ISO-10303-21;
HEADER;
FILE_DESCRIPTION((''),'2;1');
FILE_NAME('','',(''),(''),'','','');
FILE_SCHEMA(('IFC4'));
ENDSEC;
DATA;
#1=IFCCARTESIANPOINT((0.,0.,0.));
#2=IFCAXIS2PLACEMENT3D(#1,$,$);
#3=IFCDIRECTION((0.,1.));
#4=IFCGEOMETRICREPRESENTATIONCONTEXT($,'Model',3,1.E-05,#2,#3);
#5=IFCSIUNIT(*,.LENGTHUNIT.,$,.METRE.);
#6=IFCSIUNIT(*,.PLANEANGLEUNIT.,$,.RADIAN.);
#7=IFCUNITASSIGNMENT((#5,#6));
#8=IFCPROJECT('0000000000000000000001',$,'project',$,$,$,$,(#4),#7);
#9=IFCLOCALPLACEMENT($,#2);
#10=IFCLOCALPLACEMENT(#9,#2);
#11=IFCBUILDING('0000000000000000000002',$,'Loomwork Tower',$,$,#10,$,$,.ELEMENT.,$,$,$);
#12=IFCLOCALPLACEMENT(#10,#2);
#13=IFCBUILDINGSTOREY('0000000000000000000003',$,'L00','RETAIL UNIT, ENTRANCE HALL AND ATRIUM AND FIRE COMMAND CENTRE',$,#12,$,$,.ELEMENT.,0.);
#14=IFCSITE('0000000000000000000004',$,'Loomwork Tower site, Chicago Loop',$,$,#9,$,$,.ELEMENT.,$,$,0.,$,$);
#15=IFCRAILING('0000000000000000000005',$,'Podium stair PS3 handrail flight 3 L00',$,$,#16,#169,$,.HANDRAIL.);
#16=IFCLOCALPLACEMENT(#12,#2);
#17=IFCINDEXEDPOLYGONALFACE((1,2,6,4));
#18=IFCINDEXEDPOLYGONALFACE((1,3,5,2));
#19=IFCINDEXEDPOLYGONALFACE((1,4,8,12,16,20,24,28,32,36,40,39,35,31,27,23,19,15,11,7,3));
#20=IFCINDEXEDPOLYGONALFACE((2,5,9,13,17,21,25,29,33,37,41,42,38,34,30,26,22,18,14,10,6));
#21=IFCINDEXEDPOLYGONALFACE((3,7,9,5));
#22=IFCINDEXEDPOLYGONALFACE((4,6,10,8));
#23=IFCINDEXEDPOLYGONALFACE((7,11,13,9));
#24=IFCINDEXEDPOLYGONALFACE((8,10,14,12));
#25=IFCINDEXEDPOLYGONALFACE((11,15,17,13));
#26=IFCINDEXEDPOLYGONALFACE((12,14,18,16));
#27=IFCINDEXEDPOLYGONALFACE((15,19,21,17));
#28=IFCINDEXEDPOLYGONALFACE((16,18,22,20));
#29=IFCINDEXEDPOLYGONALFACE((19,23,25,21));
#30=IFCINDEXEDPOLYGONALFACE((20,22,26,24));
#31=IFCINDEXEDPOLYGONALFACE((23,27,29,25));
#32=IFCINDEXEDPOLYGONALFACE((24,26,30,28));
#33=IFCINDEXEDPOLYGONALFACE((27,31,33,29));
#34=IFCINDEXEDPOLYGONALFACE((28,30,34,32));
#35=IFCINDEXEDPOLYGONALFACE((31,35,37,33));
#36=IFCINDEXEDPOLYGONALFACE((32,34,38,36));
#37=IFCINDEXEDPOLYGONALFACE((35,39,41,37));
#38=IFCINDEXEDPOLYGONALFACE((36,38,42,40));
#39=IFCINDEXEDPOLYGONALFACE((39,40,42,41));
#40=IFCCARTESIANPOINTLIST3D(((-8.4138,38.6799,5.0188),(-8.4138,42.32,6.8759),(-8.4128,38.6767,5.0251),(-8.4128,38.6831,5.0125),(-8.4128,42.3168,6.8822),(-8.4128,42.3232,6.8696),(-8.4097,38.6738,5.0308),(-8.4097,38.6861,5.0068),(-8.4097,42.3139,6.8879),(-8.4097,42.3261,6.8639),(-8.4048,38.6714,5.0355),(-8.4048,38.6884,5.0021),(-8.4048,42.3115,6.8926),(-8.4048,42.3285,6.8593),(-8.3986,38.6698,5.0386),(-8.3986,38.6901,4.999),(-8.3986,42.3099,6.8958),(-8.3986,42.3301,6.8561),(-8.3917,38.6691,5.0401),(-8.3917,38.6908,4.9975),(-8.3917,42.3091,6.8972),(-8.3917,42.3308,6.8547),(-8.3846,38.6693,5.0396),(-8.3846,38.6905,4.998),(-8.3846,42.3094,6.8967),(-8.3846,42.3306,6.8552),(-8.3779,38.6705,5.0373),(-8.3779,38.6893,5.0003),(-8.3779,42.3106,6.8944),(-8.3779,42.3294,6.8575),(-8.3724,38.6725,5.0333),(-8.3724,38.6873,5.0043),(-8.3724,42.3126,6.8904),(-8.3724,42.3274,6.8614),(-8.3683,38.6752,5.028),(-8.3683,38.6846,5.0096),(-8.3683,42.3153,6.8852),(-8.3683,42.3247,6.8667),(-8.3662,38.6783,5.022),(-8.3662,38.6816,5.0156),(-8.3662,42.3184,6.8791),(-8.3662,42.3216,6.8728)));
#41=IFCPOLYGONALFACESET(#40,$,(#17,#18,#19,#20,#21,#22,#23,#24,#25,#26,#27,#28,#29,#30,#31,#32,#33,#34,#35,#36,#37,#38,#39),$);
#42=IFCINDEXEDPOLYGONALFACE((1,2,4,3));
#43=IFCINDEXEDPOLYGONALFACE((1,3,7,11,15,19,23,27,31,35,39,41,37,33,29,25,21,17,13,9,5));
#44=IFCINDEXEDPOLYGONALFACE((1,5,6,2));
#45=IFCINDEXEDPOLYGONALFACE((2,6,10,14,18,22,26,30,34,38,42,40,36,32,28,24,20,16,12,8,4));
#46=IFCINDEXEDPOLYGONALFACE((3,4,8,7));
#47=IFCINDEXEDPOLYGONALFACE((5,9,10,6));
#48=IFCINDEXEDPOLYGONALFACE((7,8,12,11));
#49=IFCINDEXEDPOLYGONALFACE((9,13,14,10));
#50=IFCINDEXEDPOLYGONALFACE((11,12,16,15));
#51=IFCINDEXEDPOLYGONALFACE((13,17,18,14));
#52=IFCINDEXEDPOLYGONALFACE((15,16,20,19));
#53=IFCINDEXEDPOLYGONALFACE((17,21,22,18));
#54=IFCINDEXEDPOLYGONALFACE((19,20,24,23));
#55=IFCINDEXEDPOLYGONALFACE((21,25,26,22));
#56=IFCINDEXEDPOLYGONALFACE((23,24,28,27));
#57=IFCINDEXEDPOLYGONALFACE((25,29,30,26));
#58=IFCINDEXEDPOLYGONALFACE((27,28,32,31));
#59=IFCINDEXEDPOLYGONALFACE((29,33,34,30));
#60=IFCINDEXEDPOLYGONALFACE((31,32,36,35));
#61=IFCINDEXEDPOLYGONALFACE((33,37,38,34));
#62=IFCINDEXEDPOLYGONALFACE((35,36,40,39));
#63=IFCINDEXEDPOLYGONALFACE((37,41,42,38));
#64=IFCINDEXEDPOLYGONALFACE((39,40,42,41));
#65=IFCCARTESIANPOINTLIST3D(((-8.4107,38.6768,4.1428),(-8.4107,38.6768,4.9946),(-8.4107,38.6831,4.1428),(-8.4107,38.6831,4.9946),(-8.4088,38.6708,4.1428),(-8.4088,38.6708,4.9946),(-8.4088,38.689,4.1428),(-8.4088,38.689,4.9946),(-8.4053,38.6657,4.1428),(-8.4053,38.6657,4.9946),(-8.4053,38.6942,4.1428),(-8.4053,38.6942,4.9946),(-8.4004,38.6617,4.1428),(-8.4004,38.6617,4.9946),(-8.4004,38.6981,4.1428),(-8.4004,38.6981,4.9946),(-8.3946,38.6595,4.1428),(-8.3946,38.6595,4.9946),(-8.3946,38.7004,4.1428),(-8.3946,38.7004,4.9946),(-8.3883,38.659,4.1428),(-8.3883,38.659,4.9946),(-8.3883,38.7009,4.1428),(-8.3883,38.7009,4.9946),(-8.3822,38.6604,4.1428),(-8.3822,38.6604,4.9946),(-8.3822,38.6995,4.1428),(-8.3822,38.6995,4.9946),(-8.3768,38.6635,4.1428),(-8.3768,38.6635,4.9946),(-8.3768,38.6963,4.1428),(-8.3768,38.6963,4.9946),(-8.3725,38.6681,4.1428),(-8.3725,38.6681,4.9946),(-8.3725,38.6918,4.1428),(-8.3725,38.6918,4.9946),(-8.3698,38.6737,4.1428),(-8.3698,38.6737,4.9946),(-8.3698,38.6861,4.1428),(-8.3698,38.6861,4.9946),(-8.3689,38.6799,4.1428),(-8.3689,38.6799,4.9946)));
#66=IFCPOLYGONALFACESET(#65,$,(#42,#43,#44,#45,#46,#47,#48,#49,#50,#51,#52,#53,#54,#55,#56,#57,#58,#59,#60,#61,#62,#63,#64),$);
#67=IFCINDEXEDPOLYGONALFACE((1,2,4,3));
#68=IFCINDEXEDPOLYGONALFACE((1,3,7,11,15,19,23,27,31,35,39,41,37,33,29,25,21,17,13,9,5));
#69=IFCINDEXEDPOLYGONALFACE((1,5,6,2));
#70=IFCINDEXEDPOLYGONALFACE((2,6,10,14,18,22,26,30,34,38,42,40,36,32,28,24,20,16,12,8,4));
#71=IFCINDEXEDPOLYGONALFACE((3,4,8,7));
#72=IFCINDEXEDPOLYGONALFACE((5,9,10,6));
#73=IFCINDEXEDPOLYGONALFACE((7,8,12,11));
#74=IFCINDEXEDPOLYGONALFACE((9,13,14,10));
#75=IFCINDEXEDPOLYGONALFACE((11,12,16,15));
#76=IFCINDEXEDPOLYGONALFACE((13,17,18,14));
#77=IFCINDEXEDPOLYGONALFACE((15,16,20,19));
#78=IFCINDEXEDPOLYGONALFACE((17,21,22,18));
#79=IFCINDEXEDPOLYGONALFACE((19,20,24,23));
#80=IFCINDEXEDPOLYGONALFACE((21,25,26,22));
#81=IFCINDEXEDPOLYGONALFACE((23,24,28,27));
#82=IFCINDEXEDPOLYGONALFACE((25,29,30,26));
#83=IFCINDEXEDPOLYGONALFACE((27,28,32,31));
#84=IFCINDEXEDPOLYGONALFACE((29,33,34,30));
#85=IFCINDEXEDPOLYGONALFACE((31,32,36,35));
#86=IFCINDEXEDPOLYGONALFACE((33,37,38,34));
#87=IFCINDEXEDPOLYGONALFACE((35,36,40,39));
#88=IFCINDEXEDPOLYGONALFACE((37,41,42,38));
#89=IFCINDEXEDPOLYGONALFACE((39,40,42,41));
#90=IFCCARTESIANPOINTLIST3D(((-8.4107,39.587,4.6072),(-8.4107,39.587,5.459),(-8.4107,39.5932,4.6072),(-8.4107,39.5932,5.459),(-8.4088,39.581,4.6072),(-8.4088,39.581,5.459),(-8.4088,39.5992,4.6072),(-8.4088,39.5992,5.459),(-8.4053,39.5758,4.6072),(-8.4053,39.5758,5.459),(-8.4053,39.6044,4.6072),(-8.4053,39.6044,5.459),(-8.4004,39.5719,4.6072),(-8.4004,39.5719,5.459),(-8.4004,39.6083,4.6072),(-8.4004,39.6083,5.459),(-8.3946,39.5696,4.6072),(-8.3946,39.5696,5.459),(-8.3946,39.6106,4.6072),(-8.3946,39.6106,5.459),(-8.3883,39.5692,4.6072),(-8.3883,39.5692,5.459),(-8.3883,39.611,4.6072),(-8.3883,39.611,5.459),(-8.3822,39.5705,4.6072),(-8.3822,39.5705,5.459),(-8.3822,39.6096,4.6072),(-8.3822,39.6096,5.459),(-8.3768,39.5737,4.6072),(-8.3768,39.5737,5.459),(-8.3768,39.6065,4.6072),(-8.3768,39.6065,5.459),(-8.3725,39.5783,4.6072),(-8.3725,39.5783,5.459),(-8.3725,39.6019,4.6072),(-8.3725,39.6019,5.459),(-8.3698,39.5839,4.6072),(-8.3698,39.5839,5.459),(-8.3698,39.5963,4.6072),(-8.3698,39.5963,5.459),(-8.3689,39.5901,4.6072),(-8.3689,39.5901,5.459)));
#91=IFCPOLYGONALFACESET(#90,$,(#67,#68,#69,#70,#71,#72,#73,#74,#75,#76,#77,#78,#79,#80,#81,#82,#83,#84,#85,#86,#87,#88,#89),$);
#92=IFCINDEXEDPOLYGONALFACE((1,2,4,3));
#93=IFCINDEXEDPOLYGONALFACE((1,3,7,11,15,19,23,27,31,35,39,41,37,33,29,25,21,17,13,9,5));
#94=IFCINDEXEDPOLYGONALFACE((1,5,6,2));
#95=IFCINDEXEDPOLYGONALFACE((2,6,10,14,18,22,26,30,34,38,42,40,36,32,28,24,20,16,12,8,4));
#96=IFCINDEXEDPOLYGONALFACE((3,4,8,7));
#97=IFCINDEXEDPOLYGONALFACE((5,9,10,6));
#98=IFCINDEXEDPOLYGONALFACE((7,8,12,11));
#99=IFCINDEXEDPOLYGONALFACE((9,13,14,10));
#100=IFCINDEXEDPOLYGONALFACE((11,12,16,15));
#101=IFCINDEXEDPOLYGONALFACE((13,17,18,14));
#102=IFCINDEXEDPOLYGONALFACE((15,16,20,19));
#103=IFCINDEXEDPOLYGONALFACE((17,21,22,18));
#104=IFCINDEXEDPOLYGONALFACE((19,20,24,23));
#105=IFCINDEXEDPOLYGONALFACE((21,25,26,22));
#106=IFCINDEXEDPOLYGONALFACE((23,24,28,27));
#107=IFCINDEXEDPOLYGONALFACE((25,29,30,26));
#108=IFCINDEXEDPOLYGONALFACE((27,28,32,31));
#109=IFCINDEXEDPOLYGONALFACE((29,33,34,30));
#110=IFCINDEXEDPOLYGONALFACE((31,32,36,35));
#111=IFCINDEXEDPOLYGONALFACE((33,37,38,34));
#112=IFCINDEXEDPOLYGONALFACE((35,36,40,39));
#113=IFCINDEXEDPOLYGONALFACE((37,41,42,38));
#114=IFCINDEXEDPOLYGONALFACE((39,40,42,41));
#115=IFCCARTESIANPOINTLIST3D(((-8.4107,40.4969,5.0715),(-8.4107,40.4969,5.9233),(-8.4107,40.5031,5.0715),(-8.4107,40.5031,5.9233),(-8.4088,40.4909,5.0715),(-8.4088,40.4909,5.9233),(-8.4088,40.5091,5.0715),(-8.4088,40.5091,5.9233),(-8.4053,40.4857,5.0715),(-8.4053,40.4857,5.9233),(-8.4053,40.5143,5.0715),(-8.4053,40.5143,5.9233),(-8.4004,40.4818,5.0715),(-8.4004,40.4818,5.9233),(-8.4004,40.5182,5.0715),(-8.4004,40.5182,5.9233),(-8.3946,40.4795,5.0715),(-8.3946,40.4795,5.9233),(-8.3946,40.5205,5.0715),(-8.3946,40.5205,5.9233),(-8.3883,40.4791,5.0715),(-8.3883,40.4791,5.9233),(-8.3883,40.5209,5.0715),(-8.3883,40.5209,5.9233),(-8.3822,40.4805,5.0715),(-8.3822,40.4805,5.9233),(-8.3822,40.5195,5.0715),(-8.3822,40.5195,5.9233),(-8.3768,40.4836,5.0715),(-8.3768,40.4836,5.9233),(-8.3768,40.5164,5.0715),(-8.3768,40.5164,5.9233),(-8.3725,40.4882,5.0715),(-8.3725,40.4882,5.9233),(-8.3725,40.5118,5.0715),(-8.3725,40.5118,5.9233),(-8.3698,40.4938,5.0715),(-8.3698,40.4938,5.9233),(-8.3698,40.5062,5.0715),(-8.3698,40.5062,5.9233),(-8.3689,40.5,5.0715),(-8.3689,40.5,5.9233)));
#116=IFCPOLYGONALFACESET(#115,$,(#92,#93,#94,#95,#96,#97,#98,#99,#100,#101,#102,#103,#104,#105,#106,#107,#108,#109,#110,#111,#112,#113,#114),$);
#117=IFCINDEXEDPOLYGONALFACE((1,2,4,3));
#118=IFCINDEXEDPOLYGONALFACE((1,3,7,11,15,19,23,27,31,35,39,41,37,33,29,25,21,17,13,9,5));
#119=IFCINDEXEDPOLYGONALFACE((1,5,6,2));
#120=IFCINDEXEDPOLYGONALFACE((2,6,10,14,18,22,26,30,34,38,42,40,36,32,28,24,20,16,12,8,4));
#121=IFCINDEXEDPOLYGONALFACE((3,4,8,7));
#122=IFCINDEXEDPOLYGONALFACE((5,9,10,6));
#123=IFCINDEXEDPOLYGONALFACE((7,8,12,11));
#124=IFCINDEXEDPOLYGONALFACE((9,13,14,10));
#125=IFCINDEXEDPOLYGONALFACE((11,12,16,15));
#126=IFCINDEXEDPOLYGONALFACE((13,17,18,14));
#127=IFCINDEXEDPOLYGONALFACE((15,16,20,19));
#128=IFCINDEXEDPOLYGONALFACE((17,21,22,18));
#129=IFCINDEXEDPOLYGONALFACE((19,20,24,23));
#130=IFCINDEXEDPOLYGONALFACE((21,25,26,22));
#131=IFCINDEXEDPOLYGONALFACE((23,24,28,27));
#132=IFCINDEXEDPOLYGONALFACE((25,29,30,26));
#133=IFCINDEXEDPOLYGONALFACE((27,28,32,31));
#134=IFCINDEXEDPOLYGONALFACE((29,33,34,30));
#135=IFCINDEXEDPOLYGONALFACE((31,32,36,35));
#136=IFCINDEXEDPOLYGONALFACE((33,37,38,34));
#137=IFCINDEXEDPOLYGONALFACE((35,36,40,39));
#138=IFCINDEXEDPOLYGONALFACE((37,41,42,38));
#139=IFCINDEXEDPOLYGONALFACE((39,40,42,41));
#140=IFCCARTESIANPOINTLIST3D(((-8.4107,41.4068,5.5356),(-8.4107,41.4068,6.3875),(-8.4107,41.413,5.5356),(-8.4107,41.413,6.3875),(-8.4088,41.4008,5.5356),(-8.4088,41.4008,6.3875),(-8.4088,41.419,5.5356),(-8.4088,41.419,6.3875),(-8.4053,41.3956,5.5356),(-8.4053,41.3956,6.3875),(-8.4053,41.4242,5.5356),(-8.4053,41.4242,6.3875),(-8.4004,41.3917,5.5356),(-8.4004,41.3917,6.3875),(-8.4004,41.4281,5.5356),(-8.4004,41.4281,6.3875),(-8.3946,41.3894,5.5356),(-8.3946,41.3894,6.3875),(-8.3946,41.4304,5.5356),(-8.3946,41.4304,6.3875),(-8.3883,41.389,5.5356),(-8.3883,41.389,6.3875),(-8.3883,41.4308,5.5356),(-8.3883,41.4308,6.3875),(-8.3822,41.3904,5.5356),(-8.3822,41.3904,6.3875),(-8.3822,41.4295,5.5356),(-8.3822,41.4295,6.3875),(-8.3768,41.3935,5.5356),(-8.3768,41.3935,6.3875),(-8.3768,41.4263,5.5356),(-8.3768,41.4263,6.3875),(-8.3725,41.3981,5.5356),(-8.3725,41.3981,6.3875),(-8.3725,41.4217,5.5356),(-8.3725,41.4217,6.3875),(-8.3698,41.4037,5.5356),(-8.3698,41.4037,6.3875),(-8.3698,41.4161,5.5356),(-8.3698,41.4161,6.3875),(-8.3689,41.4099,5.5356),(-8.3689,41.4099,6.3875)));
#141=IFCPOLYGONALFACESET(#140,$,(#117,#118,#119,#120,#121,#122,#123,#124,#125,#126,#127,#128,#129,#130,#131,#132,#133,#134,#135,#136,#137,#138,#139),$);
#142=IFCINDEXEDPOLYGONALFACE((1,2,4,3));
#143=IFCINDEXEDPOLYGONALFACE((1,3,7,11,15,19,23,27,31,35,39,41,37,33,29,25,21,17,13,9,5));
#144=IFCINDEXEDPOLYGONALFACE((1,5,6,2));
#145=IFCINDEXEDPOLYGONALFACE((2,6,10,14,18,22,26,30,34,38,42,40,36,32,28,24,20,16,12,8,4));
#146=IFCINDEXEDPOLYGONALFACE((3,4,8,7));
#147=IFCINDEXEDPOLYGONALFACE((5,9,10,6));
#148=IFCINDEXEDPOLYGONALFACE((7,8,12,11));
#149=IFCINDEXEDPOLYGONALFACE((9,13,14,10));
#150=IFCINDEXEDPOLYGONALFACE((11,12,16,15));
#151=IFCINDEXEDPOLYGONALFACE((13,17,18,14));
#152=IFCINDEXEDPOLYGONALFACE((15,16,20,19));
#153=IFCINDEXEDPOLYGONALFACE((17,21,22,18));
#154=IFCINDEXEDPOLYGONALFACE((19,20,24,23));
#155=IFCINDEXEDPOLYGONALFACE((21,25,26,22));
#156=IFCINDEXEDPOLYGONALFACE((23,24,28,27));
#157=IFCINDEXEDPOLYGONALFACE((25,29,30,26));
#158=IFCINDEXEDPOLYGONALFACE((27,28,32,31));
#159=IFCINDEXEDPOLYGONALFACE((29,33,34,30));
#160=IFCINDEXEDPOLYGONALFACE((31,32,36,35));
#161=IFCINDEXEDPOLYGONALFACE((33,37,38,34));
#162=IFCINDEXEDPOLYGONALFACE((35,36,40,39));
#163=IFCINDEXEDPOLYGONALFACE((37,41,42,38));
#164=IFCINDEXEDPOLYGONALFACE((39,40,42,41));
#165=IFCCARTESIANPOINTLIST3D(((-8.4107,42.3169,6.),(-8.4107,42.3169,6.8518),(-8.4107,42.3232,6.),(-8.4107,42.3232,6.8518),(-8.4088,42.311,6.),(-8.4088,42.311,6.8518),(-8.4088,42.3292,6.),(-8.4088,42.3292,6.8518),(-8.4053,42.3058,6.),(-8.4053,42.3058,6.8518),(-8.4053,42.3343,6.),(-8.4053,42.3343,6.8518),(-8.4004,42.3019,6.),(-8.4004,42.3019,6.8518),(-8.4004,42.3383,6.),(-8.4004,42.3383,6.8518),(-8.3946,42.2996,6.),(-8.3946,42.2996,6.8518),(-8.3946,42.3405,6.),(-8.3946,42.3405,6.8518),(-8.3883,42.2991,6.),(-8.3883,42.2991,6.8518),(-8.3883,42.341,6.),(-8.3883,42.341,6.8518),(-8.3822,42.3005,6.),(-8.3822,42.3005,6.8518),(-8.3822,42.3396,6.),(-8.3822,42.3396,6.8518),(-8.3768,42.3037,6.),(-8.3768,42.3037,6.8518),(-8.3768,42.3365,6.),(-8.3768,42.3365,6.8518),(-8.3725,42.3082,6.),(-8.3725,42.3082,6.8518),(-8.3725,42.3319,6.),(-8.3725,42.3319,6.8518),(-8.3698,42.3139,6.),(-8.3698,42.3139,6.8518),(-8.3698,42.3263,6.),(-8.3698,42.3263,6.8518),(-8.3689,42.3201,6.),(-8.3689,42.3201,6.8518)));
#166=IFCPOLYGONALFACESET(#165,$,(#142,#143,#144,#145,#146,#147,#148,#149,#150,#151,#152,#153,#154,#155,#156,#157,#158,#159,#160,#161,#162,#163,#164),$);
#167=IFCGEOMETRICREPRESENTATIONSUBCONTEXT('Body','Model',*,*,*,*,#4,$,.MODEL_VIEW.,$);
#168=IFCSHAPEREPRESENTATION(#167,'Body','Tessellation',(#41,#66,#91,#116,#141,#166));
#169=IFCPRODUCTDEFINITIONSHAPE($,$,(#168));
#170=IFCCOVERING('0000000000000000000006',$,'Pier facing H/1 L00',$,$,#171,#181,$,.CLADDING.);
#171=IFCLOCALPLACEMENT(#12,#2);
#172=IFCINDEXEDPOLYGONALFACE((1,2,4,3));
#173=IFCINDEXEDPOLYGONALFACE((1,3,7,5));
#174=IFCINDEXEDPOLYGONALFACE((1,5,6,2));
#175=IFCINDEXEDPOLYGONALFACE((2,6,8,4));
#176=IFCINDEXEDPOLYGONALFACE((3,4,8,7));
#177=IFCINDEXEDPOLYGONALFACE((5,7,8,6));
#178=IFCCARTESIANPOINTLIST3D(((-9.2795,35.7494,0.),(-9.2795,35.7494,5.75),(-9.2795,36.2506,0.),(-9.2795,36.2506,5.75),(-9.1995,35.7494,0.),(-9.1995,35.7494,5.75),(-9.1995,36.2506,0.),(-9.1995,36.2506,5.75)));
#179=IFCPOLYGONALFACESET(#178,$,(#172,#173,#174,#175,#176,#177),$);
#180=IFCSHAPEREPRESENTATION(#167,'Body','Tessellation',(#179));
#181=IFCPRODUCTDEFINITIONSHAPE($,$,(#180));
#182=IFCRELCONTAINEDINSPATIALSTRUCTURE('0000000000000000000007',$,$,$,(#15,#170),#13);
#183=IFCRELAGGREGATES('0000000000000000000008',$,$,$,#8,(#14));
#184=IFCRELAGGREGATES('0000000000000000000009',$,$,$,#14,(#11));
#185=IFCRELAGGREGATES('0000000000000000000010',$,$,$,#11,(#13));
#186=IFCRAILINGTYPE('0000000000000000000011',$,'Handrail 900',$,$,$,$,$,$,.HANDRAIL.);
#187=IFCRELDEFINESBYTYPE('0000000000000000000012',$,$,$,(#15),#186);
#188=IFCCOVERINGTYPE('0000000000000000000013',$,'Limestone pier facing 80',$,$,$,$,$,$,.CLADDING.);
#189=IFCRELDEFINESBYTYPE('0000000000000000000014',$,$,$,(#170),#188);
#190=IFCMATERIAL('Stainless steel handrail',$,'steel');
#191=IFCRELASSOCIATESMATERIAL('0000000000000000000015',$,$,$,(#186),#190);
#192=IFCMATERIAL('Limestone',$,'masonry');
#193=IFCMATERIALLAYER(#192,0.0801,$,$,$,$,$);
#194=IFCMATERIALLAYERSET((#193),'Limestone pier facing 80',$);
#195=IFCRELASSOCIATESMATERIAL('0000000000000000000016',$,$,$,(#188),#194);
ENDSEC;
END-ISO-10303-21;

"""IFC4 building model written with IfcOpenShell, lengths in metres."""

from ifc_helpers import new_model, si_unit, direction, frame, origin, origin_2d, place, context, subcontext, project, spatial, rectangle, circle, extrude, material, layer, layer_set, type_object, element, save


model = new_model("IFC4")

# Units and contexts
model_context = context("Model", 3, precision=1e-05, world=origin(), true_north=direction((0.0, 1.0)))
body_context = subcontext(model_context, "Body", "Model", "MODEL_VIEW")
ifc_project = project(units=[si_unit("LENGTHUNIT", "METRE"), si_unit("PLANEANGLEUNIT", "RADIAN")], contexts=[model_context])

# Site, building, storey
site_placement = place(None, origin())
site = spatial("IfcSite", under=ifc_project, at=site_placement, Name="Loomwork Tower site, Chicago Loop", CompositionType="ELEMENT", RefElevation=0.0)
building_placement = place(site_placement, origin())
building = spatial("IfcBuilding", under=site, at=building_placement, Name="Loomwork Tower", CompositionType="ELEMENT")
storey_placement = place(building_placement, origin())
storey = spatial("IfcBuildingStorey", under=building, at=storey_placement, Name="L00", Description="RETAIL UNIT, ENTRANCE HALL AND ATRIUM AND FIRE COMMAND CENTRE", CompositionType="ELEMENT", Elevation=0.0)

# Railing
ifc_material_1 = material(Name="Stainless steel handrail", Category="steel")
railing_type = type_object("IfcRailingType", Name="Handrail 900", PredefinedType="HANDRAIL", material=ifc_material_1)
for number, where, name in (
    (1, (-8.3899, 38.6799, 4.1428), "Podium stair PS3 handrail flight 3 L00"),
):
    element("IfcRailing", number, at=place(storey_placement, frame(where)), inside=storey, type_object=railing_type, Name=name, PredefinedType="HANDRAIL", context=body_context, shape_type="SweptSolid", body=[
        extrude(circle(Radius=0.0239, at=origin_2d()), frame((0.0, 0.0, 0.876), z_axis=(0.0, 0.890765, 0.454464), x_axis=(-1.0, 0.0, 0.0)), (0.0, 0.0, 1.0), 4.0864),
        extrude(circle(Radius=0.021, at=origin_2d()), origin(), (0.0, 0.0, 1.0), 0.8518),
        extrude(circle(Radius=0.021, at=origin_2d()), frame((0.0, 0.9102, 0.4644)), (0.0, 0.0, 1.0), 0.8518),
        extrude(circle(Radius=0.021, at=origin_2d()), frame((0.0, 1.8201, 0.9287)), (0.0, 0.0, 1.0), 0.8518),
        extrude(circle(Radius=0.021, at=origin_2d()), frame((0.0, 2.73, 1.3928)), (0.0, 0.0, 1.0), 0.8518),
        extrude(circle(Radius=0.021, at=origin_2d()), frame((0.0, 3.6401, 1.8572)), (0.0, 0.0, 1.0), 0.8518),
    ])

# Covering
ifc_material_2 = material(Name="Limestone", Category="masonry")
ifc_layer_1 = layer(ifc_material_2, 0.0801)
ifc_layer_set_1 = layer_set([ifc_layer_1], Name="Limestone pier facing 80")
covering_type_1 = type_object("IfcCoveringType", Name="Limestone pier facing 80", PredefinedType="CLADDING", material=ifc_layer_set_1)
covering_1_placement = place(storey_placement, frame((-9.2395, 36.0, 0.0), z_axis=(0.0, 0.0, 1.0), x_axis=(1.0, 0.0, 0.0)))
element("IfcCovering", 2, at=covering_1_placement, inside=storey, type_object=covering_type_1, Name="Pier facing H/1 L00", PredefinedType="CLADDING", context=body_context, shape_type="SweptSolid", body=[
    extrude(rectangle(XDim=0.0801, YDim=0.5012, at=origin_2d()), origin(), (0.0, 0.0, 1.0), 5.75),
])

save(model, "model.ifc")
